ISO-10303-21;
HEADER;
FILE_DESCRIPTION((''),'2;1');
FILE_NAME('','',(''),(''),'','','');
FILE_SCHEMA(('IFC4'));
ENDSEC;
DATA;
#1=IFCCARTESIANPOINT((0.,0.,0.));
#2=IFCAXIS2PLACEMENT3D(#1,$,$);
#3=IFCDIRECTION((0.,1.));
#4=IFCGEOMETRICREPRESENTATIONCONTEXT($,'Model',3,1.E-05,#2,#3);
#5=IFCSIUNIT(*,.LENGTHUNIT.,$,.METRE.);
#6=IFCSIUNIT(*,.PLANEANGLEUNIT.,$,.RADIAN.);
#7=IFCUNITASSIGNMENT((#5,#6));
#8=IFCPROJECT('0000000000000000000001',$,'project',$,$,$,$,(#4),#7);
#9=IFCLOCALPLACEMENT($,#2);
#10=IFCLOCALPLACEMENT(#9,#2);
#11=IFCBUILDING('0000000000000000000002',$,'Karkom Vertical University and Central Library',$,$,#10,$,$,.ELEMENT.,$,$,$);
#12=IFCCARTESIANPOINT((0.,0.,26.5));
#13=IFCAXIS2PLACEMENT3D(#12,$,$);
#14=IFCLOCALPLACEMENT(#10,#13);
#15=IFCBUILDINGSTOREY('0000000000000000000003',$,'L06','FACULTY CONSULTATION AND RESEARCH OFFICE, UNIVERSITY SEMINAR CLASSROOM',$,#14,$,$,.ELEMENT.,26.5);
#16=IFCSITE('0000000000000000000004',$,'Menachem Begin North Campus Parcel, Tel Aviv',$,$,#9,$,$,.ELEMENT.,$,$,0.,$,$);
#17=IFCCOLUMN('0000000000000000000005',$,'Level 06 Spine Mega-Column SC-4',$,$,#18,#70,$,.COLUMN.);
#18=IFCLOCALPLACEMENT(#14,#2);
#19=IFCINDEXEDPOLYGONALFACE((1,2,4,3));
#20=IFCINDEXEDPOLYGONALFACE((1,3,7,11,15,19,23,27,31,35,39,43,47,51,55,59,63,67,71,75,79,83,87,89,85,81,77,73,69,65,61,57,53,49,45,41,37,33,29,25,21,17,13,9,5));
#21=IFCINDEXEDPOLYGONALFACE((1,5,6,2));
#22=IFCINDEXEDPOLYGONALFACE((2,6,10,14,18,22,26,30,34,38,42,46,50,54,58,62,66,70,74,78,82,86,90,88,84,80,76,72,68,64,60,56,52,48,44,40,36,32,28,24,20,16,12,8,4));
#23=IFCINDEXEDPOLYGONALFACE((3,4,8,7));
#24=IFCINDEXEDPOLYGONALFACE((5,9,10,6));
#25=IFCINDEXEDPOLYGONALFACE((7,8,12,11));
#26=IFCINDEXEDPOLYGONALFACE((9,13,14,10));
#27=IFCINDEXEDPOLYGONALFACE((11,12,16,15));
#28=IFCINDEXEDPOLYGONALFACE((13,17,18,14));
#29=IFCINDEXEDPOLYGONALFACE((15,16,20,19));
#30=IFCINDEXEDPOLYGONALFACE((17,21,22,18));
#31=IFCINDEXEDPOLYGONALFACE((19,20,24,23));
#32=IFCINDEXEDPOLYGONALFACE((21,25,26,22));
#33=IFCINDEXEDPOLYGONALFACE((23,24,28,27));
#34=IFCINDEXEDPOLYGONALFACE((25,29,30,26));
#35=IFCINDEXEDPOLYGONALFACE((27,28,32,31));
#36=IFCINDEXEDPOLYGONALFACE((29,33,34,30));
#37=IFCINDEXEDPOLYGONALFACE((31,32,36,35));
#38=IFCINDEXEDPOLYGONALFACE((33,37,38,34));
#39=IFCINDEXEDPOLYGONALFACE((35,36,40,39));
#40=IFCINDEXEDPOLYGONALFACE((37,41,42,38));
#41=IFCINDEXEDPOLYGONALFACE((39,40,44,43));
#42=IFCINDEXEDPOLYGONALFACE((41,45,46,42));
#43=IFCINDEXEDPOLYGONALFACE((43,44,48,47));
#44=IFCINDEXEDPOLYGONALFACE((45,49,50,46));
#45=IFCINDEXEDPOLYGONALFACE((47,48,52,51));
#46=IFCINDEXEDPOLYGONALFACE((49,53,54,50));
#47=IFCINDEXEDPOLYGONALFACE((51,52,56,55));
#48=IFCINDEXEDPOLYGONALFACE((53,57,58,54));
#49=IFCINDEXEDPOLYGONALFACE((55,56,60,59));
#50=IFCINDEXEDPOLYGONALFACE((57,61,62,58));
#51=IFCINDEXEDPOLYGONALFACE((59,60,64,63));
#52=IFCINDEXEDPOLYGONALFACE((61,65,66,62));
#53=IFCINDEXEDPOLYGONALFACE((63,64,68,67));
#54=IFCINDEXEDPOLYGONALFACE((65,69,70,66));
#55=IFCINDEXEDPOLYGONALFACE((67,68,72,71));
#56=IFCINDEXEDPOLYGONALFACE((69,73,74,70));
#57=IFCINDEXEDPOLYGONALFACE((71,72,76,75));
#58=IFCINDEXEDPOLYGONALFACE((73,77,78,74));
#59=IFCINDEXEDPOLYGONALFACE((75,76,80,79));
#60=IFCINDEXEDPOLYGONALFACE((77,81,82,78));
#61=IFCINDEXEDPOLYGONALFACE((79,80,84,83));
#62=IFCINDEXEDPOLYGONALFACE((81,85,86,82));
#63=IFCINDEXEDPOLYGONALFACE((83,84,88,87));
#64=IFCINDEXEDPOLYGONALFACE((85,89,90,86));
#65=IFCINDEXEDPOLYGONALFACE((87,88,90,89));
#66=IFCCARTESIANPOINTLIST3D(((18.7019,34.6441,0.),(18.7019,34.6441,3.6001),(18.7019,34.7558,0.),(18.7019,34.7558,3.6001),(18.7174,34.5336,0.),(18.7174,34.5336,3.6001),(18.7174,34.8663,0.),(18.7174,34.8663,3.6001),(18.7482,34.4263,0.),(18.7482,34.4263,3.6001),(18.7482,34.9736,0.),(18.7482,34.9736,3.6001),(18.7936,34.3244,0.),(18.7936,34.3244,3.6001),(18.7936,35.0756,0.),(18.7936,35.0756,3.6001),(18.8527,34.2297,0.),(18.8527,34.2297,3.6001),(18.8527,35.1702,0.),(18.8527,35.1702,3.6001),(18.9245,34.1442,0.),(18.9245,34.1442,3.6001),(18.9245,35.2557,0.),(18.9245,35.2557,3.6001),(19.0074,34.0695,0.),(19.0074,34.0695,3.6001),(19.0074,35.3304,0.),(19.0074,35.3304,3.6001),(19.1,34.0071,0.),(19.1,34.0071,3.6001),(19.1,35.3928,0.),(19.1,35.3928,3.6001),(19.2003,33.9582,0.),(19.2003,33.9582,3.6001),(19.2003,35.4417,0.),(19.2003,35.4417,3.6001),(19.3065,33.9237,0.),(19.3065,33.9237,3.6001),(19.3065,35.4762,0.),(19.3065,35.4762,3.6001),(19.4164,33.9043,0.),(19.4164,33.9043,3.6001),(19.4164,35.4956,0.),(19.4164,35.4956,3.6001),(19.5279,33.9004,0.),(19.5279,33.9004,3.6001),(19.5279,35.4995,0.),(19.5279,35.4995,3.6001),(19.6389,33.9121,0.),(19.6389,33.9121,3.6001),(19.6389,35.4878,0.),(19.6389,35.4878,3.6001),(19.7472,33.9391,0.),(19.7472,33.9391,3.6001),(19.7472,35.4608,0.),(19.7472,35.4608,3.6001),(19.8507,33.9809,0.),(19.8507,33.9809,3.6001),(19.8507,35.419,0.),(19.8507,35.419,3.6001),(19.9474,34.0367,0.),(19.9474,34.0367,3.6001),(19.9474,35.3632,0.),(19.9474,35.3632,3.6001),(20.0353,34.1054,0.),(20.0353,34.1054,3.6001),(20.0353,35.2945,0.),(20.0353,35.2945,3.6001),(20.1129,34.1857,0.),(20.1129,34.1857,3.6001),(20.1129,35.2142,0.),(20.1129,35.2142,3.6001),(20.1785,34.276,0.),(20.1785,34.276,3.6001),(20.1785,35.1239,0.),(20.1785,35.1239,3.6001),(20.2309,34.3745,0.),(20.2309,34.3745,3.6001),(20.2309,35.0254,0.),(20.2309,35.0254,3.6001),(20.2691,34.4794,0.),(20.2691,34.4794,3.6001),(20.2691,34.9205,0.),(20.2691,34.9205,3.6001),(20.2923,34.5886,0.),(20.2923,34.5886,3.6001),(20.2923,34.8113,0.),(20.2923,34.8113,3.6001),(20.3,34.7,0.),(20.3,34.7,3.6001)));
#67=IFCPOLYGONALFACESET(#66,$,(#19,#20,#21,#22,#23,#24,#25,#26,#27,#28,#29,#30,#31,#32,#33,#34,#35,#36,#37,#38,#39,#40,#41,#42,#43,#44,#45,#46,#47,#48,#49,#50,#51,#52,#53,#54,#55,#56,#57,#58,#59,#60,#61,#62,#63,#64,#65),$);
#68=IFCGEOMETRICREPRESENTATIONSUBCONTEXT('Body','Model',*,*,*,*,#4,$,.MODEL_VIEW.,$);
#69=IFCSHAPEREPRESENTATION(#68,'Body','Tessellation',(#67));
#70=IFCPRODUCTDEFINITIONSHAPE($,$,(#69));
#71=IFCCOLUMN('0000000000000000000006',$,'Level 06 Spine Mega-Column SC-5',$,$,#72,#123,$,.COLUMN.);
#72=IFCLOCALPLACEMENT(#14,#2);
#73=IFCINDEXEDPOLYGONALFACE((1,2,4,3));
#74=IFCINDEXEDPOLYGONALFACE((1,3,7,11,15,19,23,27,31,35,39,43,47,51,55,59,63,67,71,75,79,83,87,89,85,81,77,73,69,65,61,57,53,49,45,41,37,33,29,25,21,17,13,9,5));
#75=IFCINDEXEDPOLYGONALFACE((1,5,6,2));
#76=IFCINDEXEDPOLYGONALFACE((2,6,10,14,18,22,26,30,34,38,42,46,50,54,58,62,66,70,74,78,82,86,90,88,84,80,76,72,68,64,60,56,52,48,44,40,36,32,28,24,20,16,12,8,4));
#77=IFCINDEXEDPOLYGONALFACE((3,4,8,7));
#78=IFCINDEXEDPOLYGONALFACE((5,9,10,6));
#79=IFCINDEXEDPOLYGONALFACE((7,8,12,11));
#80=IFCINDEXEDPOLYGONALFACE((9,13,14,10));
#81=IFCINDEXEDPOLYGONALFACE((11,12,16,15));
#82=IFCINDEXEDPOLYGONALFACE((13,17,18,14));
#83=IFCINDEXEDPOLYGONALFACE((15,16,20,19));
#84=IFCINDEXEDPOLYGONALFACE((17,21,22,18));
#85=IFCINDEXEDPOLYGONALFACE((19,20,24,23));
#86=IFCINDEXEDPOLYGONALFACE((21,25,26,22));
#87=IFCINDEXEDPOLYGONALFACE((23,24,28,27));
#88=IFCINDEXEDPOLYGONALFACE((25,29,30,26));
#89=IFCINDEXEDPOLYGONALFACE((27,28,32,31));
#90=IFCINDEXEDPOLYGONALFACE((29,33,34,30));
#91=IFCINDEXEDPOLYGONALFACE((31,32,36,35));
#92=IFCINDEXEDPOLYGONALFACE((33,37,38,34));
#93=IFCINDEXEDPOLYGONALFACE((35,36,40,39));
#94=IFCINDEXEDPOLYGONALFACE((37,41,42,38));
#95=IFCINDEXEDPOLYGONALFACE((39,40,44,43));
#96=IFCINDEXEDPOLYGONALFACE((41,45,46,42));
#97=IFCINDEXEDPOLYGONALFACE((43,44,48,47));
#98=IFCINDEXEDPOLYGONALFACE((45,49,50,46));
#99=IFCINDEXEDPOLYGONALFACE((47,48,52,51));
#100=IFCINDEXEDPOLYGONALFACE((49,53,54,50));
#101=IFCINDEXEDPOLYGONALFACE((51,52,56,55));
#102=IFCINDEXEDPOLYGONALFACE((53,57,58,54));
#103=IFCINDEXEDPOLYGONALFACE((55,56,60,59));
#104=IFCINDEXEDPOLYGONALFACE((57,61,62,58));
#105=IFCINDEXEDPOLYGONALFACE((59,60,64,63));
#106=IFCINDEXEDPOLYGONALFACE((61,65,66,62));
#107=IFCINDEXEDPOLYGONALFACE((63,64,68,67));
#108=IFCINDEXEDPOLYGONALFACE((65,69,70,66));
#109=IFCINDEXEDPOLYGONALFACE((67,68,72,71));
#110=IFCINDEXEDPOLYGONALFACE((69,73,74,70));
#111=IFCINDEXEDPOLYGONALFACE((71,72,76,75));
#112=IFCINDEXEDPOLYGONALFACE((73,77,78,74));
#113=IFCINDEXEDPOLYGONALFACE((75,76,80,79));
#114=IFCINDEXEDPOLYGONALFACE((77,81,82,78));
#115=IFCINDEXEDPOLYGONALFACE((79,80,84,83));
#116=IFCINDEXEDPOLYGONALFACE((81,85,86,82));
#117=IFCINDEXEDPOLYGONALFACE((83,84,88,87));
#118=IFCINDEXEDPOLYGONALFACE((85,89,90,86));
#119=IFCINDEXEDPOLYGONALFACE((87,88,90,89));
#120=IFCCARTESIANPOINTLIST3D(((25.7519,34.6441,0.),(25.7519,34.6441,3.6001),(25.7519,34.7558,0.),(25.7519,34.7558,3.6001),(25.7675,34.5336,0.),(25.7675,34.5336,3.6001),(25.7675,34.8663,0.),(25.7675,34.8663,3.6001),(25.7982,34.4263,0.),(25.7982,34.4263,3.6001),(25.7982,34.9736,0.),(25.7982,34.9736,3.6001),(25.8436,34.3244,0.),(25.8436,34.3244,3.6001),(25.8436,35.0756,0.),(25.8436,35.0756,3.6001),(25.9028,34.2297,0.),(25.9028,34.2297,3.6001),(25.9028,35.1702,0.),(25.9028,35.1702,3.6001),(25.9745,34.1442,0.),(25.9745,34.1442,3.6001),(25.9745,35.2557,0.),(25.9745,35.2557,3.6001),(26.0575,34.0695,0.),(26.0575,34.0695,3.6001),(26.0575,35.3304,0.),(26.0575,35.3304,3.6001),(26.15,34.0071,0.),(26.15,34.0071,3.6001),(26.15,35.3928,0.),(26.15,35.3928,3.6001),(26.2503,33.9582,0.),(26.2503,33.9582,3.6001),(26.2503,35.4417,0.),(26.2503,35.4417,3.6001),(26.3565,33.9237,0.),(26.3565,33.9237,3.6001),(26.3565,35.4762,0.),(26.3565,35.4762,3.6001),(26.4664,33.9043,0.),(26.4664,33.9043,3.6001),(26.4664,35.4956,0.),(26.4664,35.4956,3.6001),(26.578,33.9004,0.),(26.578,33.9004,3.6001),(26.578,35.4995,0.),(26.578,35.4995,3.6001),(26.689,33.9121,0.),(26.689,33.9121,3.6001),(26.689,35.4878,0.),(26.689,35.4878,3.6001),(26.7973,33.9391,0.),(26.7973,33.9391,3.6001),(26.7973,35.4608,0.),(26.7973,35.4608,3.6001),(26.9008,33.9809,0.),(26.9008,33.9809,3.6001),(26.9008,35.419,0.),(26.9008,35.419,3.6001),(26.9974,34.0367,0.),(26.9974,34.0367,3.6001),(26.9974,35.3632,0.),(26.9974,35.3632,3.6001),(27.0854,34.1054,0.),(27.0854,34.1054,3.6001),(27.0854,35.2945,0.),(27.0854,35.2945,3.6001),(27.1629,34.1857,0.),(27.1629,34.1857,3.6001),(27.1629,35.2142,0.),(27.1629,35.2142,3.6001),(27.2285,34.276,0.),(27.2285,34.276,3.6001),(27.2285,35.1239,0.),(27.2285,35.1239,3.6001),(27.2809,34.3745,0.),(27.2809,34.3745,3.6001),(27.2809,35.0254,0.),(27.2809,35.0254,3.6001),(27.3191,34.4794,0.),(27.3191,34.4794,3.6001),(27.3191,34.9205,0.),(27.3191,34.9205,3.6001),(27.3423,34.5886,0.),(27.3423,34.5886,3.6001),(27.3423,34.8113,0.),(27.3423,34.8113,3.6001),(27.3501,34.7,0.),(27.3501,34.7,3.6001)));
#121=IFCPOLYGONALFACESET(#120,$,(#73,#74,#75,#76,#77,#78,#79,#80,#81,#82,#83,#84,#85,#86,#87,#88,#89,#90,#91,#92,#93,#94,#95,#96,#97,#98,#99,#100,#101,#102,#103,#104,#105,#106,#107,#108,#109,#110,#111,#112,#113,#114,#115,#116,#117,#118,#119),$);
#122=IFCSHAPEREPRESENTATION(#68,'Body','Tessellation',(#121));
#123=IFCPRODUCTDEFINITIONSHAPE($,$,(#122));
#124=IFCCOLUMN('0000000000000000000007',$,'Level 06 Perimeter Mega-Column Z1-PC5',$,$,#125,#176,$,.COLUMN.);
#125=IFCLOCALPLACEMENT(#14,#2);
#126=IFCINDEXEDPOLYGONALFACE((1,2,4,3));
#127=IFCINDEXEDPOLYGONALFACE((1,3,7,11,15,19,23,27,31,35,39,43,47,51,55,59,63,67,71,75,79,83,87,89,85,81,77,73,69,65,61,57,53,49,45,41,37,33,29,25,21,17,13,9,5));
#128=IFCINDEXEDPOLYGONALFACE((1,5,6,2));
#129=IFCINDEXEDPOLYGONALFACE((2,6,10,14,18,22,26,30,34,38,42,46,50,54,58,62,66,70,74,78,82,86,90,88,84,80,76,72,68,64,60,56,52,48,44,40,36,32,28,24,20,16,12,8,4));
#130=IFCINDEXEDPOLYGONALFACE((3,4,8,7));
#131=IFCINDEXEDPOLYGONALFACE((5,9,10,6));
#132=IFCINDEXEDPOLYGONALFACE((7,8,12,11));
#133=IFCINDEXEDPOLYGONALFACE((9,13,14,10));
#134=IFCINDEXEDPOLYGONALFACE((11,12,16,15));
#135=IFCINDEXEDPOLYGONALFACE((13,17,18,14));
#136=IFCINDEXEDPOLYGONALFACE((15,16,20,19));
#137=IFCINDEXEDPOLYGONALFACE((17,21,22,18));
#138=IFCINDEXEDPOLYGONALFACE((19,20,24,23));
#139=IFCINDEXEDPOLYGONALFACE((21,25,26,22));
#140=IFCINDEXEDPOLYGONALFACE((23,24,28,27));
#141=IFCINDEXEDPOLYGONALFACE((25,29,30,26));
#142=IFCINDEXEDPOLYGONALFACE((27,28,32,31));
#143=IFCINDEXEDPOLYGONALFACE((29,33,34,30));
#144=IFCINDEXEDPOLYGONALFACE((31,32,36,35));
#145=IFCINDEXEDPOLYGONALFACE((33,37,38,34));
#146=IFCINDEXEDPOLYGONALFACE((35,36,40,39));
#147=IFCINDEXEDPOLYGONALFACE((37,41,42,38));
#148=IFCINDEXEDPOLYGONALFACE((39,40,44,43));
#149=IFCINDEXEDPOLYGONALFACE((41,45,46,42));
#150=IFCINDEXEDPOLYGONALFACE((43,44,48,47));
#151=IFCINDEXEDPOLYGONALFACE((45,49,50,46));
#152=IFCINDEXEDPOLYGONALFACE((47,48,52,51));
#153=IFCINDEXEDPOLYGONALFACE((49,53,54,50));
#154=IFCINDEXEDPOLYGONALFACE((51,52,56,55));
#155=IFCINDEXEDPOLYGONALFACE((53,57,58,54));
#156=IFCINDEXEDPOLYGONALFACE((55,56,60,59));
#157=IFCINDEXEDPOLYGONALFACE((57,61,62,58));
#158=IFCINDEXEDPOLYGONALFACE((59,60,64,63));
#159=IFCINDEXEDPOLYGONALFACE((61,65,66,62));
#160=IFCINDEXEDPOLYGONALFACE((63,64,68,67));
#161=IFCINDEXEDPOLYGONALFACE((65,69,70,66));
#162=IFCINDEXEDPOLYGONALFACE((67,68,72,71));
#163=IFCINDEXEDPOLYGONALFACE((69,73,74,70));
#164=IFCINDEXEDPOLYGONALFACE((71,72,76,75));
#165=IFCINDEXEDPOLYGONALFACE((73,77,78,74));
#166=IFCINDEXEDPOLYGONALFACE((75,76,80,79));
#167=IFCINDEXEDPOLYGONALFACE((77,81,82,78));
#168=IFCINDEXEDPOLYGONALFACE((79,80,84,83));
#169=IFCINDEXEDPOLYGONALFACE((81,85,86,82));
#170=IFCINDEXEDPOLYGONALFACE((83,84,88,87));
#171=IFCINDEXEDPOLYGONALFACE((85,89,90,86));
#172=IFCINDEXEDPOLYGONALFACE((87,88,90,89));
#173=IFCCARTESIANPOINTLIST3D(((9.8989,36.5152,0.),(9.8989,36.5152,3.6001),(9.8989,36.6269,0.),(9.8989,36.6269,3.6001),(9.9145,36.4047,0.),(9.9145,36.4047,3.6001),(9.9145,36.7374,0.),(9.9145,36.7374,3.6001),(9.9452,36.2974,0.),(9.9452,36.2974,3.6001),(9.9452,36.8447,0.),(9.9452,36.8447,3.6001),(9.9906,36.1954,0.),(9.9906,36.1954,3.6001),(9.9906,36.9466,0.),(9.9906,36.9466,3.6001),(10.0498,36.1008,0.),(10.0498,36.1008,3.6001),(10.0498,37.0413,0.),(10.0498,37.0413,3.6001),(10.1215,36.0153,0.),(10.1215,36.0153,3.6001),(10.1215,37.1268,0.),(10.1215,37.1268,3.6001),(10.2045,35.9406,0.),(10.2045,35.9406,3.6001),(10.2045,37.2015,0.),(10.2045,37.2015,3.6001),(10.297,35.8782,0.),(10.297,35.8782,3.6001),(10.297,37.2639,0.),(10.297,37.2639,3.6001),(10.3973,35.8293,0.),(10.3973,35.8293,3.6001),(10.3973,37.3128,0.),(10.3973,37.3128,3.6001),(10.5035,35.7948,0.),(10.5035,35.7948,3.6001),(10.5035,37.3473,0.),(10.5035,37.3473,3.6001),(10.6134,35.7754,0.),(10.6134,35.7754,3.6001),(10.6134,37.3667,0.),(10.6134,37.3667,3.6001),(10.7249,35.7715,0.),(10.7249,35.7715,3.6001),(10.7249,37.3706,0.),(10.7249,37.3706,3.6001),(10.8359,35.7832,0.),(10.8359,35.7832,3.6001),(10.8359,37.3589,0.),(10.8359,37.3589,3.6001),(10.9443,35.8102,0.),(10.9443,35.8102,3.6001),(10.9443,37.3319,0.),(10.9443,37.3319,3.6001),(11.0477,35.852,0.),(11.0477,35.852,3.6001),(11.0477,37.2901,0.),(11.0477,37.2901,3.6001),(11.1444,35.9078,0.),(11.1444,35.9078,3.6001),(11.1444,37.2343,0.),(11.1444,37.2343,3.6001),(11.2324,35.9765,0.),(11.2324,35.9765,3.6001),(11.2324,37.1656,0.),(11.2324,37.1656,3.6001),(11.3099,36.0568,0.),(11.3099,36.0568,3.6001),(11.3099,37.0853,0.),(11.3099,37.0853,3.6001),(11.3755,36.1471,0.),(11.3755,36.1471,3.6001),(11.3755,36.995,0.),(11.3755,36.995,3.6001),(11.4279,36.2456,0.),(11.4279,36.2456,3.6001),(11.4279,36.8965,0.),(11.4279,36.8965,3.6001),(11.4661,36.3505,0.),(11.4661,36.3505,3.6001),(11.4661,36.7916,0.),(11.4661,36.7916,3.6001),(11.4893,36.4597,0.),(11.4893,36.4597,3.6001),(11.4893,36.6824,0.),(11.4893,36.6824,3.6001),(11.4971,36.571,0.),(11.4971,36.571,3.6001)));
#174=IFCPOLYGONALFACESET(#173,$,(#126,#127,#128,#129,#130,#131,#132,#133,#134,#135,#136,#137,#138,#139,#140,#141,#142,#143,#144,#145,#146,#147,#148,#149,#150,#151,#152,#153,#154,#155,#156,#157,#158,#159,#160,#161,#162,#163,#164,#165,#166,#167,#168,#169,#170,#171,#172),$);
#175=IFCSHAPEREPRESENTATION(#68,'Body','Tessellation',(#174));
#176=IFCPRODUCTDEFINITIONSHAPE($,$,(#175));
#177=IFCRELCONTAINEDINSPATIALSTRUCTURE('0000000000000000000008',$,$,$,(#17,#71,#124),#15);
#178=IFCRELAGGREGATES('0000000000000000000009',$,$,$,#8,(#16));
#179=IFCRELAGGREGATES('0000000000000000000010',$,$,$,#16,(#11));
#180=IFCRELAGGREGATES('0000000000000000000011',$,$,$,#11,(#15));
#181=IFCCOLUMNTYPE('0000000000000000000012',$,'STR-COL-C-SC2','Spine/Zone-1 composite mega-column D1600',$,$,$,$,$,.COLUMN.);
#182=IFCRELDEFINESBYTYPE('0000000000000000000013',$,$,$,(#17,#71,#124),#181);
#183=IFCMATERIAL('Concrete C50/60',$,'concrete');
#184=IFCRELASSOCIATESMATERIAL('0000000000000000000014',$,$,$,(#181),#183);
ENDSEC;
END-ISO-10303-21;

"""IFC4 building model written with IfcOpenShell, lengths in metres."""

from ifc_helpers import new_model, si_unit, direction, frame, origin, origin_with_axes, origin_2d, place, context, subcontext, project, spatial, circle, extrude, source, transform, mapped, material, material_profile, profile_set, type_object, element, save


model = new_model("IFC4")

# Units and contexts
model_context = context("Model", 3, precision=1e-05, world=origin(), true_north=direction((0.0, 1.0)))
body_context = subcontext(model_context, "Body", "Model", "MODEL_VIEW")
ifc_project = project(units=[si_unit("LENGTHUNIT", "METRE"), si_unit("PLANEANGLEUNIT", "RADIAN")], contexts=[model_context])

# Site, building, storey
site_placement = place(None, origin())
site = spatial("IfcSite", under=ifc_project, at=site_placement, Name="Menachem Begin North Campus Parcel, Tel Aviv", CompositionType="ELEMENT", RefElevation=0.0)
building_placement = place(site_placement, origin())
building = spatial("IfcBuilding", under=site, at=building_placement, Name="Karkom Vertical University and Central Library", CompositionType="ELEMENT")
storey_placement = place(building_placement, frame((0.0, 0.0, 26.5)))
storey = spatial("IfcBuildingStorey", under=building, at=storey_placement, Name="L06", Description="FACULTY CONSULTATION AND RESEARCH OFFICE, UNIVERSITY SEMINAR CLASSROOM", CompositionType="ELEMENT", Elevation=26.5)

# Columns
ifc_material_1 = material(Name="Concrete C50/60", Category="concrete")
ifc_material_profile_1 = material_profile(ifc_material_1, circle(Radius=0.8, at=origin_2d()), Name="CFT-D1600")
ifc_profile_set_1 = profile_set([ifc_material_profile_1], Name="Concrete C50/60")
column_type = type_object("IfcColumnType", Name="STR-COL-C-SC2", Description="Spine/Zone-1 composite mega-column D1600", PredefinedType="COLUMN", material=ifc_profile_set_1)
shared_shape_1 = source(origin_with_axes(), body_context, "Body", "SweptSolid", [
    extrude(circle(Radius=0.8, at=origin_2d()), origin(), (0.0, 0.0, 1.0), 3.6001),
])
for number, where, z_axis, x_axis, name in (
    (1, (19.5, 34.7, 0.0), (0.0, 0.0, 1.0), (1.0, 0.0, 0.0), "Level 06 Spine Mega-Column SC-4"),
    (2, (26.55, 34.7, 0.0), (0.0, 0.0, 1.0), (1.0, 0.0, 0.0), "Level 06 Spine Mega-Column SC-5"),
    (3, (10.697, 36.571, 0.0), (0.0, 0.0, 1.0), (1.0, 0.0, 0.0), "Level 06 Perimeter Mega-Column Z1-PC5"),
):
    element("IfcColumn", number, at=place(storey_placement, frame(where, z_axis=z_axis, x_axis=x_axis)), inside=storey, type_object=column_type, Name=name, PredefinedType="COLUMN", context=body_context, shape_type="MappedRepresentation", body=[
        mapped(shared_shape_1, transform((0.0, 0.0, 0.0), scale=1.0)),
    ])

save(model, "model.ifc")
